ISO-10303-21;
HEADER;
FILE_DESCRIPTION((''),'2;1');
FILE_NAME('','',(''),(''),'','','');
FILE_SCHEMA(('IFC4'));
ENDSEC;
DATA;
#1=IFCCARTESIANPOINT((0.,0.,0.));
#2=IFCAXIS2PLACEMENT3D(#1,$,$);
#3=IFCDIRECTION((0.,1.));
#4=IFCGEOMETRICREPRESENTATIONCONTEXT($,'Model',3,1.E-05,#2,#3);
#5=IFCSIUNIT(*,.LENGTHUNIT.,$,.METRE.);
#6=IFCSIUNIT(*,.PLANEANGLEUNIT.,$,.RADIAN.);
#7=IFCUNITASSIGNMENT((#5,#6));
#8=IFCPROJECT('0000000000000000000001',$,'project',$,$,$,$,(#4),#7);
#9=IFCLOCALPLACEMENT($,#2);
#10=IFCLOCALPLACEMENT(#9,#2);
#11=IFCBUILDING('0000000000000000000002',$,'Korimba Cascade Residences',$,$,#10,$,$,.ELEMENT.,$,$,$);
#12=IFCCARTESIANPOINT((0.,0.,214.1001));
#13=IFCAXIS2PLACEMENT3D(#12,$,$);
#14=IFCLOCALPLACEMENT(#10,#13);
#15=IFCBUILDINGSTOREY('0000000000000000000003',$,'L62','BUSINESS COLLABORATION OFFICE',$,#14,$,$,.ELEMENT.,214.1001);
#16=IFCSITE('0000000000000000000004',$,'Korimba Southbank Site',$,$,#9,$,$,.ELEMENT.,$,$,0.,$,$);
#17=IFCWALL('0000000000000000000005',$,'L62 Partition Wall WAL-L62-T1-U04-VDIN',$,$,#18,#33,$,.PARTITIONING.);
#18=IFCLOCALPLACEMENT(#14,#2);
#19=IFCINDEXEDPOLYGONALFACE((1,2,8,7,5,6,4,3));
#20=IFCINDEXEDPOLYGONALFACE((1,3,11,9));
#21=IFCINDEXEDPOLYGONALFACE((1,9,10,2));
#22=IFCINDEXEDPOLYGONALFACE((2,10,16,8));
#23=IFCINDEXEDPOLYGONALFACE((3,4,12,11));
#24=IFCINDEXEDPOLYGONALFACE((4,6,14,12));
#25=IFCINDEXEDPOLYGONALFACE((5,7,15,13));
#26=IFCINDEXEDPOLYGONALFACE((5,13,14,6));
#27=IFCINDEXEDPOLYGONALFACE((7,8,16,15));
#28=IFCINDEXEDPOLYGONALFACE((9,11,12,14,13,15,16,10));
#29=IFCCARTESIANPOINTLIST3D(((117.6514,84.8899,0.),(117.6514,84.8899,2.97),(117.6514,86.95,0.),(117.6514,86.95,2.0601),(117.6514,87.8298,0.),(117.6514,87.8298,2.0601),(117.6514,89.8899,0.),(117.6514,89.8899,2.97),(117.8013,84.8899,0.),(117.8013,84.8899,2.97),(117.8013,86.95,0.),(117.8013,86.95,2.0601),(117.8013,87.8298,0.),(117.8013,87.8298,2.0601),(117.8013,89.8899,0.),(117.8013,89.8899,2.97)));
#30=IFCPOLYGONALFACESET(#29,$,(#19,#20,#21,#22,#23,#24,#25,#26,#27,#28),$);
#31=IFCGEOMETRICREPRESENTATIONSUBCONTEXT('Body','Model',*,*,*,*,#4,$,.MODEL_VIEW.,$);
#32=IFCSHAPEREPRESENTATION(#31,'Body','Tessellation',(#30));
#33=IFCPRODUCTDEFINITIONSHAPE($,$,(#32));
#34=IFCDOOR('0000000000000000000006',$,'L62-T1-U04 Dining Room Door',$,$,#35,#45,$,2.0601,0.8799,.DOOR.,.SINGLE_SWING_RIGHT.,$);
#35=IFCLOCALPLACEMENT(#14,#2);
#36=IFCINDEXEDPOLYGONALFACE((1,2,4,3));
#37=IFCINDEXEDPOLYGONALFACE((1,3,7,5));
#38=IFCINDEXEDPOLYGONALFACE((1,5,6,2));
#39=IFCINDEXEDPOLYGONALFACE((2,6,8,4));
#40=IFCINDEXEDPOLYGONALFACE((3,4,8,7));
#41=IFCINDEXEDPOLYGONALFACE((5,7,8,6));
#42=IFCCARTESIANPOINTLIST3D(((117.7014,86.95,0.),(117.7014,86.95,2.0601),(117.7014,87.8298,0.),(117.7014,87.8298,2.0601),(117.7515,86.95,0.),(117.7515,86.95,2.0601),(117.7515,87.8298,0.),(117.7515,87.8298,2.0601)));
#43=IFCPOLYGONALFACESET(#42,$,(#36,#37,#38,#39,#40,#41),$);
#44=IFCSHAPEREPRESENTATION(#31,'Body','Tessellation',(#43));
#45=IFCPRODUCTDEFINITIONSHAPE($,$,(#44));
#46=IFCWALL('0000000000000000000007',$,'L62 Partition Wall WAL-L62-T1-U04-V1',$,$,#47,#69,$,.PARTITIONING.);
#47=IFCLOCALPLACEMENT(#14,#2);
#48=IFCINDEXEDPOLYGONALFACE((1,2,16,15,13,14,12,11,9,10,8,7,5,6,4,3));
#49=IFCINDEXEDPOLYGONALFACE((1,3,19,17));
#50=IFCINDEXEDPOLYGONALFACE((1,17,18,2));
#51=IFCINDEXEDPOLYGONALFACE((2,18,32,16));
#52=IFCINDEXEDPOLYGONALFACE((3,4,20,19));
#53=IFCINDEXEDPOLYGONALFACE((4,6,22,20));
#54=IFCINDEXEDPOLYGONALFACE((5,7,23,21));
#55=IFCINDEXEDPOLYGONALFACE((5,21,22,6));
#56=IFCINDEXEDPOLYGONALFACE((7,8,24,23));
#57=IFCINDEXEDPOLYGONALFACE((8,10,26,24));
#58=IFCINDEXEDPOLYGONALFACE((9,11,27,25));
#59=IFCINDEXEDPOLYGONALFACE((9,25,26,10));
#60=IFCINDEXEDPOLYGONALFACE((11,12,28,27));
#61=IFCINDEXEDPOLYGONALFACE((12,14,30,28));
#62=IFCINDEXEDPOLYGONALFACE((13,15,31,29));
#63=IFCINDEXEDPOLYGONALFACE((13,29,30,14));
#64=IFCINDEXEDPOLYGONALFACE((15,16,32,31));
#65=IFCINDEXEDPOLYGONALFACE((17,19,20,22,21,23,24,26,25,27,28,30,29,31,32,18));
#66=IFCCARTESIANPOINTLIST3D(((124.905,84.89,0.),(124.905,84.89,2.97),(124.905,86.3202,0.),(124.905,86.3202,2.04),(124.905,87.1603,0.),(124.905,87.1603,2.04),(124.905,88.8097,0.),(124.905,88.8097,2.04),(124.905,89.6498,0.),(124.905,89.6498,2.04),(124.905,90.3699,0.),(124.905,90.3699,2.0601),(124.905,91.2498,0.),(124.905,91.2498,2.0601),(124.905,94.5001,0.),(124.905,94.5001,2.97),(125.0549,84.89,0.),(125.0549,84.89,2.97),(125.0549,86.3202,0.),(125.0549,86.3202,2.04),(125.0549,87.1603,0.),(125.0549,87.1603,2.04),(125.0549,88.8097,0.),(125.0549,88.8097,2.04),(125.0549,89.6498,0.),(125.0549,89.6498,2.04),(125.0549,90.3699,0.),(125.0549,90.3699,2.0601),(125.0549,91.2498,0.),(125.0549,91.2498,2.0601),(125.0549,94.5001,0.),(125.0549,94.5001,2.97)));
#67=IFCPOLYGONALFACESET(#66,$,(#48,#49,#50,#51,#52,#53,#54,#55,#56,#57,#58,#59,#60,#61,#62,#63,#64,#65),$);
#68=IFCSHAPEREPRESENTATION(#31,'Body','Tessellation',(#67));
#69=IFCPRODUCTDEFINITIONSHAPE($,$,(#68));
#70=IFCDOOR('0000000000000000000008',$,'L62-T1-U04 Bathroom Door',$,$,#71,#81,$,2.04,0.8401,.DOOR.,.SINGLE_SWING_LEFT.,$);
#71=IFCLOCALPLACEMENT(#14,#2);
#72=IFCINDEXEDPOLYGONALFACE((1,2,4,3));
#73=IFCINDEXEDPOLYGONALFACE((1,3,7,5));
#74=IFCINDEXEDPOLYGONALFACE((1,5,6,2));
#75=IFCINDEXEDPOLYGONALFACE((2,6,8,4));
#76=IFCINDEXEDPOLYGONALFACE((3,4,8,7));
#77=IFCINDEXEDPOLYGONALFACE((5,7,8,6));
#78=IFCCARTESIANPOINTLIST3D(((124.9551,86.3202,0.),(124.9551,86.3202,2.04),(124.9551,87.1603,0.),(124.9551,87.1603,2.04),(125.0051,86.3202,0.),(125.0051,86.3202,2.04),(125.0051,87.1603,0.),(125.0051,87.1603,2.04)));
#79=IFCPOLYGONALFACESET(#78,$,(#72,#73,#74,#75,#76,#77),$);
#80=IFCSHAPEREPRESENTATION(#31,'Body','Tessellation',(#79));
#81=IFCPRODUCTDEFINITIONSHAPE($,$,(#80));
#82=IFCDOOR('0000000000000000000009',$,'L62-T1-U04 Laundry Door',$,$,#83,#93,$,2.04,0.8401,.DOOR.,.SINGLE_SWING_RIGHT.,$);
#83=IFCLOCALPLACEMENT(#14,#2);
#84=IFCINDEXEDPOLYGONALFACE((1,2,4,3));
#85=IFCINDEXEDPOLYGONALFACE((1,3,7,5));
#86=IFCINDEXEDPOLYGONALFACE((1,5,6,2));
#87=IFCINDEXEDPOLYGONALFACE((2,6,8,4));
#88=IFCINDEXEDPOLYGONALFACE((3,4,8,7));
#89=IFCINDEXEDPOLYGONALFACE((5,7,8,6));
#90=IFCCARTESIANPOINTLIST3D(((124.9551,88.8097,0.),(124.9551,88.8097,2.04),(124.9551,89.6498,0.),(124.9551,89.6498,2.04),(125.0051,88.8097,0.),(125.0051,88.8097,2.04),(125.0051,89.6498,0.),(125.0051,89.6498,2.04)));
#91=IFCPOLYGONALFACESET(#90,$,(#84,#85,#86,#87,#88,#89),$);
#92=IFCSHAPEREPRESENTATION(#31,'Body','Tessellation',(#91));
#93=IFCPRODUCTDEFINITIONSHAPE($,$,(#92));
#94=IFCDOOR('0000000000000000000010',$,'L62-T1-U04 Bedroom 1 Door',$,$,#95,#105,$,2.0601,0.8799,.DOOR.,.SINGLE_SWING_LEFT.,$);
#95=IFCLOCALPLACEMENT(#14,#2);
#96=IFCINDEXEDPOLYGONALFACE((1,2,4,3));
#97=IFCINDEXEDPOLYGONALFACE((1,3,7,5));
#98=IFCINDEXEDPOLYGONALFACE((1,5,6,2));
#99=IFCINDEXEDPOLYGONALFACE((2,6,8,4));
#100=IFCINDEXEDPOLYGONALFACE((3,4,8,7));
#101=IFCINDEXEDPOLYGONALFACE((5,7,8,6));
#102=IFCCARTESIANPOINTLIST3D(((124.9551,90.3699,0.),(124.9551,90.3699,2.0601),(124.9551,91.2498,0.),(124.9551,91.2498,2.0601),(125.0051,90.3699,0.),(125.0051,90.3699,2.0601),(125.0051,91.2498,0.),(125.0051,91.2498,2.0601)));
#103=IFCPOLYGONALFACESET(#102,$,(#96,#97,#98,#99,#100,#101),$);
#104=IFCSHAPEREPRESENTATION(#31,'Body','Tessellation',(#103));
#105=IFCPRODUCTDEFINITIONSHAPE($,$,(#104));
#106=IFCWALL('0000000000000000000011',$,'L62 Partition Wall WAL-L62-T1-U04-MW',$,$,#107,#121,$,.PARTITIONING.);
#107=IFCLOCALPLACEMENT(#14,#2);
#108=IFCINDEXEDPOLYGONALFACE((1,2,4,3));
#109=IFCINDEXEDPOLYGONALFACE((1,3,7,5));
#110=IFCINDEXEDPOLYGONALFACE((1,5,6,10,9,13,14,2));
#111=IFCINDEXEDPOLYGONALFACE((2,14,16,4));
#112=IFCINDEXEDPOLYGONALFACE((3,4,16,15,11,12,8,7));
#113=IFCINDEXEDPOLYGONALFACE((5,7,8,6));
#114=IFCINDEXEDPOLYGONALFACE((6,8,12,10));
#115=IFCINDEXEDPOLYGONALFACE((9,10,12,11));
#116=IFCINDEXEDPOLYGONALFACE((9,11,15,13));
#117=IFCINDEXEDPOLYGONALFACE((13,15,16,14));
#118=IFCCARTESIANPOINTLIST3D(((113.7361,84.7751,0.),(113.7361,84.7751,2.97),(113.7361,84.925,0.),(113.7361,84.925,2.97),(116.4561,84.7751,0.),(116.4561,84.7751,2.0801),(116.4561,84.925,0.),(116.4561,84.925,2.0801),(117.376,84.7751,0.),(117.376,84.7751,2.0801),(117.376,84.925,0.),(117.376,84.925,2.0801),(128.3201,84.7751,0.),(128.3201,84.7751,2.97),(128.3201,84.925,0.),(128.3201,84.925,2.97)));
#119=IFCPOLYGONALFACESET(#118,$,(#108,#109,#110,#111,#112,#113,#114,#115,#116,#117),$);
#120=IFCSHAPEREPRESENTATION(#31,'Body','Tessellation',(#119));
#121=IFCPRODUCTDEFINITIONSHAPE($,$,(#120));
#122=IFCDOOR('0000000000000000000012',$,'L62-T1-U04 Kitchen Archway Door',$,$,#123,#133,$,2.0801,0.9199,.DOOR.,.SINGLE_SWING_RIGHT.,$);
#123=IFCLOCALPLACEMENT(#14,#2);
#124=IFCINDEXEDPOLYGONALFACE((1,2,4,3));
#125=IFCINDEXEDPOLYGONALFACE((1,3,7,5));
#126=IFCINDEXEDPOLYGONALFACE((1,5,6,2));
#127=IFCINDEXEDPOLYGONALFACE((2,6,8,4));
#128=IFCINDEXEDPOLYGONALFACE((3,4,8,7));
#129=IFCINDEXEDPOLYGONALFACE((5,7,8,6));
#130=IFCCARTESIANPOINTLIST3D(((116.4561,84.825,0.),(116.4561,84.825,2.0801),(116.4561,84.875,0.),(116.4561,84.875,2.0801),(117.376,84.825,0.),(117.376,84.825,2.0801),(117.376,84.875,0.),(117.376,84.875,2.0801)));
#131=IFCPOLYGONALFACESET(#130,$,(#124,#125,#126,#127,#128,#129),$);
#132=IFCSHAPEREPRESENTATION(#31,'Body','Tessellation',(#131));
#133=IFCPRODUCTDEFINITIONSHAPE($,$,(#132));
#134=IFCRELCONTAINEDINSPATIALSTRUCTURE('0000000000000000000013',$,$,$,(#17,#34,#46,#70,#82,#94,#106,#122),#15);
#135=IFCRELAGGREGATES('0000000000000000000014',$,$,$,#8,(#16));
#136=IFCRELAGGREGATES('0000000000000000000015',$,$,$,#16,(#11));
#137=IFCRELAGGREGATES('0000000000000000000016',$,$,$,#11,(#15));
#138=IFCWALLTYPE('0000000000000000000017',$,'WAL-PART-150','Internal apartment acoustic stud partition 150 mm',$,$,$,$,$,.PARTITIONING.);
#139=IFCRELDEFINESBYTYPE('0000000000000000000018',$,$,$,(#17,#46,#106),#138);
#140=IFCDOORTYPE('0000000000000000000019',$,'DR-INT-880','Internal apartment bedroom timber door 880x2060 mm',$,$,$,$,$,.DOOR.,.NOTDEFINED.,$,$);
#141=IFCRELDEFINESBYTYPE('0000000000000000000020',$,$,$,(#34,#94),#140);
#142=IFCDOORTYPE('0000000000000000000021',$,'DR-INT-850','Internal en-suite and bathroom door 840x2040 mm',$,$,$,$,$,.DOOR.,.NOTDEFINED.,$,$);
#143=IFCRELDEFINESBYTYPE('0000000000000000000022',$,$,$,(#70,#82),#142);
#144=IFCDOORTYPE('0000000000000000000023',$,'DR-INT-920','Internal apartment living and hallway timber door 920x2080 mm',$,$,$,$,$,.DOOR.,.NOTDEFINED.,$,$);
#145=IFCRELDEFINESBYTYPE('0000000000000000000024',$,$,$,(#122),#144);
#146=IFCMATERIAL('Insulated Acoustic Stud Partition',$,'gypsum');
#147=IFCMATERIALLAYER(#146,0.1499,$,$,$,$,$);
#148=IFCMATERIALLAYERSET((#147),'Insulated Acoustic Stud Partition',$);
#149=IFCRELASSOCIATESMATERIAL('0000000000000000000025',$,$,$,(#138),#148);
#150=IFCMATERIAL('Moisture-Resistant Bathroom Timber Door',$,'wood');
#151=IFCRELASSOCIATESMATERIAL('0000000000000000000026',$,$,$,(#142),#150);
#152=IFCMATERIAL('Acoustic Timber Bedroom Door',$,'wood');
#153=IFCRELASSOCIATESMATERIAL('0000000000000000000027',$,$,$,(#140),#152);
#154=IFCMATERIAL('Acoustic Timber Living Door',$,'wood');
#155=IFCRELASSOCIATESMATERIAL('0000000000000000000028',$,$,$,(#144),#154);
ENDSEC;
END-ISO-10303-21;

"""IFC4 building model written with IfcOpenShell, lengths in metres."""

from ifc_helpers import new_model, si_unit, direction, frame, frame_2d, origin, place, context, subcontext, project, spatial, rectangle, extrude, material, layer, layer_set, type_object, element, fill, save


model = new_model("IFC4")

# Units and contexts
model_context = context("Model", 3, precision=1e-05, world=origin(), true_north=direction((0.0, 1.0)))
body_context = subcontext(model_context, "Body", "Model", "MODEL_VIEW")
ifc_project = project(units=[si_unit("LENGTHUNIT", "METRE"), si_unit("PLANEANGLEUNIT", "RADIAN")], contexts=[model_context])

# Site, building, storey
site_placement = place(None, origin())
site = spatial("IfcSite", under=ifc_project, at=site_placement, Name="Korimba Southbank Site", CompositionType="ELEMENT", RefElevation=0.0)
building_placement = place(site_placement, origin())
building = spatial("IfcBuilding", under=site, at=building_placement, Name="Korimba Cascade Residences", CompositionType="ELEMENT")
storey_placement = place(building_placement, frame((0.0, 0.0, 214.1001)))
storey = spatial("IfcBuildingStorey", under=building, at=storey_placement, Name="L62", Description="BUSINESS COLLABORATION OFFICE", CompositionType="ELEMENT", Elevation=214.1001)

# Wall, opening, door
ifc_material_1 = material(Name="Insulated Acoustic Stud Partition", Category="gypsum")
ifc_layer_1 = layer(ifc_material_1, 0.1499)
ifc_layer_set_1 = layer_set([ifc_layer_1], Name="Insulated Acoustic Stud Partition")
wall_type_1 = type_object("IfcWallType", Name="WAL-PART-150", Description="Internal apartment acoustic stud partition 150 mm", PredefinedType="PARTITIONING", material=ifc_layer_set_1)
ifc_material_2 = material(Name="Moisture-Resistant Bathroom Timber Door", Category="wood")
door_type_1 = type_object("IfcDoorType", Name="DR-INT-850", Description="Internal en-suite and bathroom door 840x2040 mm", OperationType="NOTDEFINED", PredefinedType="DOOR", material=ifc_material_2)
ifc_material_3 = material(Name="Acoustic Timber Bedroom Door", Category="wood")
door_type_2 = type_object("IfcDoorType", Name="DR-INT-880", Description="Internal apartment bedroom timber door 880x2060 mm", OperationType="NOTDEFINED", PredefinedType="DOOR", material=ifc_material_3)
wall_1_placement = place(storey_placement, frame((117.7263, 84.8899, 0.0), z_axis=(0.0, 0.0, 1.0), x_axis=(0.0, 1.0, 0.0)))
wall_1 = element("IfcWall", 1, at=wall_1_placement, inside=storey, type_object=wall_type_1, Name="L62 Partition Wall WAL-L62-T1-U04-VDIN", PredefinedType="PARTITIONING", context=body_context, shape_type="SweptSolid", body=[
    extrude(rectangle(XDim=5.0, YDim=0.1499, at=frame_2d((2.5, 0.0))), origin(), (0.0, 0.0, 1.0), 2.97),
])
opening_1_placement = place(wall_1_placement, frame((2.0601, 0.0, 0.0)))
opening_1 = element("IfcOpeningElement", 2, at=opening_1_placement, cuts=wall_1, PredefinedType="OPENING", context=body_context, shape_type="SweptSolid", body=[
    extrude(rectangle(XDim=0.8799, YDim=2.0601, at=frame_2d((0.4399, 1.03))), frame((0.0, 0.085, 0.0), z_axis=(0.0, -1.0, 0.0), x_axis=(1.0, 0.0, 0.0)), (0.0, 0.0, 1.0), 0.1699),
])
door_1_placement = place(opening_1_placement, origin())
door_1 = element("IfcDoor", 3, at=door_1_placement, inside=storey, type_object=door_type_2, Name="L62-T1-U04 Dining Room Door", OperationType="SINGLE_SWING_RIGHT", OverallHeight=2.0601, OverallWidth=0.8799, PredefinedType="DOOR", context=body_context, shape_type="SweptSolid", body=[
    extrude(rectangle(XDim=0.8799, YDim=2.0601, at=frame_2d((0.4399, 1.03))), frame((0.0, 0.0249, 0.0), z_axis=(0.0, -1.0, 0.0), x_axis=(1.0, 0.0, 0.0)), (0.0, 0.0, 1.0), 0.05),
])
fill(opening_1, door_1)

# Wall, openings, doors
wall_2_placement = place(storey_placement, frame((124.98, 84.8899, 0.0), z_axis=(0.0, 0.0, 1.0), x_axis=(0.0, 1.0, 0.0)))
wall_2 = element("IfcWall", 4, at=wall_2_placement, inside=storey, type_object=wall_type_1, Name="L62 Partition Wall WAL-L62-T1-U04-V1", PredefinedType="PARTITIONING", context=body_context, shape_type="SweptSolid", body=[
    extrude(rectangle(XDim=9.6101, YDim=0.1499, at=frame_2d((4.8052, 0.0))), origin(), (0.0, 0.0, 1.0), 2.97),
])
opening_2_placement = place(wall_2_placement, frame((1.4304, 0.0, 0.0)))
opening_2 = element("IfcOpeningElement", 5, at=opening_2_placement, cuts=wall_2, PredefinedType="OPENING", context=body_context, shape_type="SweptSolid", body=[
    extrude(rectangle(XDim=0.8401, YDim=2.04, at=frame_2d((0.4199, 1.02))), frame((0.0, 0.085, 0.0), z_axis=(0.0, -1.0, 0.0), x_axis=(1.0, 0.0, 0.0)), (0.0, 0.0, 1.0), 0.1699),
])
opening_3_placement = place(wall_2_placement, frame((3.9199, 0.0, 0.0)))
opening_3 = element("IfcOpeningElement", 6, at=opening_3_placement, cuts=wall_2, PredefinedType="OPENING", context=body_context, shape_type="SweptSolid", body=[
    extrude(rectangle(XDim=0.8401, YDim=2.04, at=frame_2d((0.4199, 1.02))), frame((0.0, 0.085, 0.0), z_axis=(0.0, -1.0, 0.0), x_axis=(1.0, 0.0, 0.0)), (0.0, 0.0, 1.0), 0.1699),
])
opening_4_placement = place(wall_2_placement, frame((5.48, 0.0, 0.0)))
opening_4 = element("IfcOpeningElement", 7, at=opening_4_placement, cuts=wall_2, PredefinedType="OPENING", context=body_context, shape_type="SweptSolid", body=[
    extrude(rectangle(XDim=0.8799, YDim=2.0601, at=frame_2d((0.4399, 1.03))), frame((0.0, 0.085, 0.0), z_axis=(0.0, -1.0, 0.0), x_axis=(1.0, 0.0, 0.0)), (0.0, 0.0, 1.0), 0.1699),
])
door_2_placement = place(opening_2_placement, origin())
door_2 = element("IfcDoor", 8, at=door_2_placement, inside=storey, type_object=door_type_1, Name="L62-T1-U04 Bathroom Door", OperationType="SINGLE_SWING_LEFT", OverallHeight=2.04, OverallWidth=0.8401, PredefinedType="DOOR", context=body_context, shape_type="SweptSolid", body=[
    extrude(rectangle(XDim=0.8401, YDim=2.04, at=frame_2d((0.4199, 1.02))), frame((0.0, 0.0249, 0.0), z_axis=(0.0, -1.0, 0.0), x_axis=(1.0, 0.0, 0.0)), (0.0, 0.0, 1.0), 0.05),
])
fill(opening_2, door_2)
door_3_placement = place(opening_3_placement, origin())
door_3 = element("IfcDoor", 9, at=door_3_placement, inside=storey, type_object=door_type_1, Name="L62-T1-U04 Laundry Door", OperationType="SINGLE_SWING_RIGHT", OverallHeight=2.04, OverallWidth=0.8401, PredefinedType="DOOR", context=body_context, shape_type="SweptSolid", body=[
    extrude(rectangle(XDim=0.8401, YDim=2.04, at=frame_2d((0.4199, 1.02))), frame((0.0, 0.0249, 0.0), z_axis=(0.0, -1.0, 0.0), x_axis=(1.0, 0.0, 0.0)), (0.0, 0.0, 1.0), 0.05),
])
fill(opening_3, door_3)
door_4_placement = place(opening_4_placement, origin())
door_4 = element("IfcDoor", 10, at=door_4_placement, inside=storey, type_object=door_type_2, Name="L62-T1-U04 Bedroom 1 Door", OperationType="SINGLE_SWING_LEFT", OverallHeight=2.0601, OverallWidth=0.8799, PredefinedType="DOOR", context=body_context, shape_type="SweptSolid", body=[
    extrude(rectangle(XDim=0.8799, YDim=2.0601, at=frame_2d((0.4399, 1.03))), frame((0.0, 0.0249, 0.0), z_axis=(0.0, -1.0, 0.0), x_axis=(1.0, 0.0, 0.0)), (0.0, 0.0, 1.0), 0.05),
])
fill(opening_4, door_4)

# Wall, opening, door
wall_3_placement = place(storey_placement, frame((113.7361, 84.8501, 0.0), z_axis=(0.0, 0.0, 1.0), x_axis=(1.0, 0.0, 0.0)))
wall_3 = element("IfcWall", 11, at=wall_3_placement, inside=storey, type_object=wall_type_1, Name="L62 Partition Wall WAL-L62-T1-U04-MW", PredefinedType="PARTITIONING", context=body_context, shape_type="SweptSolid", body=[
    extrude(rectangle(XDim=14.584, YDim=0.1499, at=frame_2d((7.292, 0.0))), origin(), (0.0, 0.0, 1.0), 2.97),
])
opening_5_placement = place(wall_3_placement, frame((2.72, 0.0, 0.0)))
opening_5 = element("IfcOpeningElement", 12, at=opening_5_placement, cuts=wall_3, PredefinedType="OPENING", context=body_context, shape_type="SweptSolid", body=[
    extrude(rectangle(XDim=0.9199, YDim=2.0801, at=frame_2d((0.46, 1.04))), frame((0.0, 0.085, 0.0), z_axis=(0.0, -1.0, 0.0), x_axis=(1.0, 0.0, 0.0)), (0.0, 0.0, 1.0), 0.1699),
])
ifc_material_4 = material(Name="Acoustic Timber Living Door", Category="wood")
door_type_3 = type_object("IfcDoorType", Name="DR-INT-920", Description="Internal apartment living and hallway timber door 920x2080 mm", OperationType="NOTDEFINED", PredefinedType="DOOR", material=ifc_material_4)
door_5_placement = place(opening_5_placement, origin())
door_5 = element("IfcDoor", 13, at=door_5_placement, inside=storey, type_object=door_type_3, Name="L62-T1-U04 Kitchen Archway Door", OperationType="SINGLE_SWING_RIGHT", OverallHeight=2.0801, OverallWidth=0.9199, PredefinedType="DOOR", context=body_context, shape_type="SweptSolid", body=[
    extrude(rectangle(XDim=0.9199, YDim=2.0801, at=frame_2d((0.46, 1.04))), frame((0.0, 0.0249, 0.0), z_axis=(0.0, -1.0, 0.0), x_axis=(1.0, 0.0, 0.0)), (0.0, 0.0, 1.0), 0.05),
])
fill(opening_5, door_5)

save(model, "model.ifc")
